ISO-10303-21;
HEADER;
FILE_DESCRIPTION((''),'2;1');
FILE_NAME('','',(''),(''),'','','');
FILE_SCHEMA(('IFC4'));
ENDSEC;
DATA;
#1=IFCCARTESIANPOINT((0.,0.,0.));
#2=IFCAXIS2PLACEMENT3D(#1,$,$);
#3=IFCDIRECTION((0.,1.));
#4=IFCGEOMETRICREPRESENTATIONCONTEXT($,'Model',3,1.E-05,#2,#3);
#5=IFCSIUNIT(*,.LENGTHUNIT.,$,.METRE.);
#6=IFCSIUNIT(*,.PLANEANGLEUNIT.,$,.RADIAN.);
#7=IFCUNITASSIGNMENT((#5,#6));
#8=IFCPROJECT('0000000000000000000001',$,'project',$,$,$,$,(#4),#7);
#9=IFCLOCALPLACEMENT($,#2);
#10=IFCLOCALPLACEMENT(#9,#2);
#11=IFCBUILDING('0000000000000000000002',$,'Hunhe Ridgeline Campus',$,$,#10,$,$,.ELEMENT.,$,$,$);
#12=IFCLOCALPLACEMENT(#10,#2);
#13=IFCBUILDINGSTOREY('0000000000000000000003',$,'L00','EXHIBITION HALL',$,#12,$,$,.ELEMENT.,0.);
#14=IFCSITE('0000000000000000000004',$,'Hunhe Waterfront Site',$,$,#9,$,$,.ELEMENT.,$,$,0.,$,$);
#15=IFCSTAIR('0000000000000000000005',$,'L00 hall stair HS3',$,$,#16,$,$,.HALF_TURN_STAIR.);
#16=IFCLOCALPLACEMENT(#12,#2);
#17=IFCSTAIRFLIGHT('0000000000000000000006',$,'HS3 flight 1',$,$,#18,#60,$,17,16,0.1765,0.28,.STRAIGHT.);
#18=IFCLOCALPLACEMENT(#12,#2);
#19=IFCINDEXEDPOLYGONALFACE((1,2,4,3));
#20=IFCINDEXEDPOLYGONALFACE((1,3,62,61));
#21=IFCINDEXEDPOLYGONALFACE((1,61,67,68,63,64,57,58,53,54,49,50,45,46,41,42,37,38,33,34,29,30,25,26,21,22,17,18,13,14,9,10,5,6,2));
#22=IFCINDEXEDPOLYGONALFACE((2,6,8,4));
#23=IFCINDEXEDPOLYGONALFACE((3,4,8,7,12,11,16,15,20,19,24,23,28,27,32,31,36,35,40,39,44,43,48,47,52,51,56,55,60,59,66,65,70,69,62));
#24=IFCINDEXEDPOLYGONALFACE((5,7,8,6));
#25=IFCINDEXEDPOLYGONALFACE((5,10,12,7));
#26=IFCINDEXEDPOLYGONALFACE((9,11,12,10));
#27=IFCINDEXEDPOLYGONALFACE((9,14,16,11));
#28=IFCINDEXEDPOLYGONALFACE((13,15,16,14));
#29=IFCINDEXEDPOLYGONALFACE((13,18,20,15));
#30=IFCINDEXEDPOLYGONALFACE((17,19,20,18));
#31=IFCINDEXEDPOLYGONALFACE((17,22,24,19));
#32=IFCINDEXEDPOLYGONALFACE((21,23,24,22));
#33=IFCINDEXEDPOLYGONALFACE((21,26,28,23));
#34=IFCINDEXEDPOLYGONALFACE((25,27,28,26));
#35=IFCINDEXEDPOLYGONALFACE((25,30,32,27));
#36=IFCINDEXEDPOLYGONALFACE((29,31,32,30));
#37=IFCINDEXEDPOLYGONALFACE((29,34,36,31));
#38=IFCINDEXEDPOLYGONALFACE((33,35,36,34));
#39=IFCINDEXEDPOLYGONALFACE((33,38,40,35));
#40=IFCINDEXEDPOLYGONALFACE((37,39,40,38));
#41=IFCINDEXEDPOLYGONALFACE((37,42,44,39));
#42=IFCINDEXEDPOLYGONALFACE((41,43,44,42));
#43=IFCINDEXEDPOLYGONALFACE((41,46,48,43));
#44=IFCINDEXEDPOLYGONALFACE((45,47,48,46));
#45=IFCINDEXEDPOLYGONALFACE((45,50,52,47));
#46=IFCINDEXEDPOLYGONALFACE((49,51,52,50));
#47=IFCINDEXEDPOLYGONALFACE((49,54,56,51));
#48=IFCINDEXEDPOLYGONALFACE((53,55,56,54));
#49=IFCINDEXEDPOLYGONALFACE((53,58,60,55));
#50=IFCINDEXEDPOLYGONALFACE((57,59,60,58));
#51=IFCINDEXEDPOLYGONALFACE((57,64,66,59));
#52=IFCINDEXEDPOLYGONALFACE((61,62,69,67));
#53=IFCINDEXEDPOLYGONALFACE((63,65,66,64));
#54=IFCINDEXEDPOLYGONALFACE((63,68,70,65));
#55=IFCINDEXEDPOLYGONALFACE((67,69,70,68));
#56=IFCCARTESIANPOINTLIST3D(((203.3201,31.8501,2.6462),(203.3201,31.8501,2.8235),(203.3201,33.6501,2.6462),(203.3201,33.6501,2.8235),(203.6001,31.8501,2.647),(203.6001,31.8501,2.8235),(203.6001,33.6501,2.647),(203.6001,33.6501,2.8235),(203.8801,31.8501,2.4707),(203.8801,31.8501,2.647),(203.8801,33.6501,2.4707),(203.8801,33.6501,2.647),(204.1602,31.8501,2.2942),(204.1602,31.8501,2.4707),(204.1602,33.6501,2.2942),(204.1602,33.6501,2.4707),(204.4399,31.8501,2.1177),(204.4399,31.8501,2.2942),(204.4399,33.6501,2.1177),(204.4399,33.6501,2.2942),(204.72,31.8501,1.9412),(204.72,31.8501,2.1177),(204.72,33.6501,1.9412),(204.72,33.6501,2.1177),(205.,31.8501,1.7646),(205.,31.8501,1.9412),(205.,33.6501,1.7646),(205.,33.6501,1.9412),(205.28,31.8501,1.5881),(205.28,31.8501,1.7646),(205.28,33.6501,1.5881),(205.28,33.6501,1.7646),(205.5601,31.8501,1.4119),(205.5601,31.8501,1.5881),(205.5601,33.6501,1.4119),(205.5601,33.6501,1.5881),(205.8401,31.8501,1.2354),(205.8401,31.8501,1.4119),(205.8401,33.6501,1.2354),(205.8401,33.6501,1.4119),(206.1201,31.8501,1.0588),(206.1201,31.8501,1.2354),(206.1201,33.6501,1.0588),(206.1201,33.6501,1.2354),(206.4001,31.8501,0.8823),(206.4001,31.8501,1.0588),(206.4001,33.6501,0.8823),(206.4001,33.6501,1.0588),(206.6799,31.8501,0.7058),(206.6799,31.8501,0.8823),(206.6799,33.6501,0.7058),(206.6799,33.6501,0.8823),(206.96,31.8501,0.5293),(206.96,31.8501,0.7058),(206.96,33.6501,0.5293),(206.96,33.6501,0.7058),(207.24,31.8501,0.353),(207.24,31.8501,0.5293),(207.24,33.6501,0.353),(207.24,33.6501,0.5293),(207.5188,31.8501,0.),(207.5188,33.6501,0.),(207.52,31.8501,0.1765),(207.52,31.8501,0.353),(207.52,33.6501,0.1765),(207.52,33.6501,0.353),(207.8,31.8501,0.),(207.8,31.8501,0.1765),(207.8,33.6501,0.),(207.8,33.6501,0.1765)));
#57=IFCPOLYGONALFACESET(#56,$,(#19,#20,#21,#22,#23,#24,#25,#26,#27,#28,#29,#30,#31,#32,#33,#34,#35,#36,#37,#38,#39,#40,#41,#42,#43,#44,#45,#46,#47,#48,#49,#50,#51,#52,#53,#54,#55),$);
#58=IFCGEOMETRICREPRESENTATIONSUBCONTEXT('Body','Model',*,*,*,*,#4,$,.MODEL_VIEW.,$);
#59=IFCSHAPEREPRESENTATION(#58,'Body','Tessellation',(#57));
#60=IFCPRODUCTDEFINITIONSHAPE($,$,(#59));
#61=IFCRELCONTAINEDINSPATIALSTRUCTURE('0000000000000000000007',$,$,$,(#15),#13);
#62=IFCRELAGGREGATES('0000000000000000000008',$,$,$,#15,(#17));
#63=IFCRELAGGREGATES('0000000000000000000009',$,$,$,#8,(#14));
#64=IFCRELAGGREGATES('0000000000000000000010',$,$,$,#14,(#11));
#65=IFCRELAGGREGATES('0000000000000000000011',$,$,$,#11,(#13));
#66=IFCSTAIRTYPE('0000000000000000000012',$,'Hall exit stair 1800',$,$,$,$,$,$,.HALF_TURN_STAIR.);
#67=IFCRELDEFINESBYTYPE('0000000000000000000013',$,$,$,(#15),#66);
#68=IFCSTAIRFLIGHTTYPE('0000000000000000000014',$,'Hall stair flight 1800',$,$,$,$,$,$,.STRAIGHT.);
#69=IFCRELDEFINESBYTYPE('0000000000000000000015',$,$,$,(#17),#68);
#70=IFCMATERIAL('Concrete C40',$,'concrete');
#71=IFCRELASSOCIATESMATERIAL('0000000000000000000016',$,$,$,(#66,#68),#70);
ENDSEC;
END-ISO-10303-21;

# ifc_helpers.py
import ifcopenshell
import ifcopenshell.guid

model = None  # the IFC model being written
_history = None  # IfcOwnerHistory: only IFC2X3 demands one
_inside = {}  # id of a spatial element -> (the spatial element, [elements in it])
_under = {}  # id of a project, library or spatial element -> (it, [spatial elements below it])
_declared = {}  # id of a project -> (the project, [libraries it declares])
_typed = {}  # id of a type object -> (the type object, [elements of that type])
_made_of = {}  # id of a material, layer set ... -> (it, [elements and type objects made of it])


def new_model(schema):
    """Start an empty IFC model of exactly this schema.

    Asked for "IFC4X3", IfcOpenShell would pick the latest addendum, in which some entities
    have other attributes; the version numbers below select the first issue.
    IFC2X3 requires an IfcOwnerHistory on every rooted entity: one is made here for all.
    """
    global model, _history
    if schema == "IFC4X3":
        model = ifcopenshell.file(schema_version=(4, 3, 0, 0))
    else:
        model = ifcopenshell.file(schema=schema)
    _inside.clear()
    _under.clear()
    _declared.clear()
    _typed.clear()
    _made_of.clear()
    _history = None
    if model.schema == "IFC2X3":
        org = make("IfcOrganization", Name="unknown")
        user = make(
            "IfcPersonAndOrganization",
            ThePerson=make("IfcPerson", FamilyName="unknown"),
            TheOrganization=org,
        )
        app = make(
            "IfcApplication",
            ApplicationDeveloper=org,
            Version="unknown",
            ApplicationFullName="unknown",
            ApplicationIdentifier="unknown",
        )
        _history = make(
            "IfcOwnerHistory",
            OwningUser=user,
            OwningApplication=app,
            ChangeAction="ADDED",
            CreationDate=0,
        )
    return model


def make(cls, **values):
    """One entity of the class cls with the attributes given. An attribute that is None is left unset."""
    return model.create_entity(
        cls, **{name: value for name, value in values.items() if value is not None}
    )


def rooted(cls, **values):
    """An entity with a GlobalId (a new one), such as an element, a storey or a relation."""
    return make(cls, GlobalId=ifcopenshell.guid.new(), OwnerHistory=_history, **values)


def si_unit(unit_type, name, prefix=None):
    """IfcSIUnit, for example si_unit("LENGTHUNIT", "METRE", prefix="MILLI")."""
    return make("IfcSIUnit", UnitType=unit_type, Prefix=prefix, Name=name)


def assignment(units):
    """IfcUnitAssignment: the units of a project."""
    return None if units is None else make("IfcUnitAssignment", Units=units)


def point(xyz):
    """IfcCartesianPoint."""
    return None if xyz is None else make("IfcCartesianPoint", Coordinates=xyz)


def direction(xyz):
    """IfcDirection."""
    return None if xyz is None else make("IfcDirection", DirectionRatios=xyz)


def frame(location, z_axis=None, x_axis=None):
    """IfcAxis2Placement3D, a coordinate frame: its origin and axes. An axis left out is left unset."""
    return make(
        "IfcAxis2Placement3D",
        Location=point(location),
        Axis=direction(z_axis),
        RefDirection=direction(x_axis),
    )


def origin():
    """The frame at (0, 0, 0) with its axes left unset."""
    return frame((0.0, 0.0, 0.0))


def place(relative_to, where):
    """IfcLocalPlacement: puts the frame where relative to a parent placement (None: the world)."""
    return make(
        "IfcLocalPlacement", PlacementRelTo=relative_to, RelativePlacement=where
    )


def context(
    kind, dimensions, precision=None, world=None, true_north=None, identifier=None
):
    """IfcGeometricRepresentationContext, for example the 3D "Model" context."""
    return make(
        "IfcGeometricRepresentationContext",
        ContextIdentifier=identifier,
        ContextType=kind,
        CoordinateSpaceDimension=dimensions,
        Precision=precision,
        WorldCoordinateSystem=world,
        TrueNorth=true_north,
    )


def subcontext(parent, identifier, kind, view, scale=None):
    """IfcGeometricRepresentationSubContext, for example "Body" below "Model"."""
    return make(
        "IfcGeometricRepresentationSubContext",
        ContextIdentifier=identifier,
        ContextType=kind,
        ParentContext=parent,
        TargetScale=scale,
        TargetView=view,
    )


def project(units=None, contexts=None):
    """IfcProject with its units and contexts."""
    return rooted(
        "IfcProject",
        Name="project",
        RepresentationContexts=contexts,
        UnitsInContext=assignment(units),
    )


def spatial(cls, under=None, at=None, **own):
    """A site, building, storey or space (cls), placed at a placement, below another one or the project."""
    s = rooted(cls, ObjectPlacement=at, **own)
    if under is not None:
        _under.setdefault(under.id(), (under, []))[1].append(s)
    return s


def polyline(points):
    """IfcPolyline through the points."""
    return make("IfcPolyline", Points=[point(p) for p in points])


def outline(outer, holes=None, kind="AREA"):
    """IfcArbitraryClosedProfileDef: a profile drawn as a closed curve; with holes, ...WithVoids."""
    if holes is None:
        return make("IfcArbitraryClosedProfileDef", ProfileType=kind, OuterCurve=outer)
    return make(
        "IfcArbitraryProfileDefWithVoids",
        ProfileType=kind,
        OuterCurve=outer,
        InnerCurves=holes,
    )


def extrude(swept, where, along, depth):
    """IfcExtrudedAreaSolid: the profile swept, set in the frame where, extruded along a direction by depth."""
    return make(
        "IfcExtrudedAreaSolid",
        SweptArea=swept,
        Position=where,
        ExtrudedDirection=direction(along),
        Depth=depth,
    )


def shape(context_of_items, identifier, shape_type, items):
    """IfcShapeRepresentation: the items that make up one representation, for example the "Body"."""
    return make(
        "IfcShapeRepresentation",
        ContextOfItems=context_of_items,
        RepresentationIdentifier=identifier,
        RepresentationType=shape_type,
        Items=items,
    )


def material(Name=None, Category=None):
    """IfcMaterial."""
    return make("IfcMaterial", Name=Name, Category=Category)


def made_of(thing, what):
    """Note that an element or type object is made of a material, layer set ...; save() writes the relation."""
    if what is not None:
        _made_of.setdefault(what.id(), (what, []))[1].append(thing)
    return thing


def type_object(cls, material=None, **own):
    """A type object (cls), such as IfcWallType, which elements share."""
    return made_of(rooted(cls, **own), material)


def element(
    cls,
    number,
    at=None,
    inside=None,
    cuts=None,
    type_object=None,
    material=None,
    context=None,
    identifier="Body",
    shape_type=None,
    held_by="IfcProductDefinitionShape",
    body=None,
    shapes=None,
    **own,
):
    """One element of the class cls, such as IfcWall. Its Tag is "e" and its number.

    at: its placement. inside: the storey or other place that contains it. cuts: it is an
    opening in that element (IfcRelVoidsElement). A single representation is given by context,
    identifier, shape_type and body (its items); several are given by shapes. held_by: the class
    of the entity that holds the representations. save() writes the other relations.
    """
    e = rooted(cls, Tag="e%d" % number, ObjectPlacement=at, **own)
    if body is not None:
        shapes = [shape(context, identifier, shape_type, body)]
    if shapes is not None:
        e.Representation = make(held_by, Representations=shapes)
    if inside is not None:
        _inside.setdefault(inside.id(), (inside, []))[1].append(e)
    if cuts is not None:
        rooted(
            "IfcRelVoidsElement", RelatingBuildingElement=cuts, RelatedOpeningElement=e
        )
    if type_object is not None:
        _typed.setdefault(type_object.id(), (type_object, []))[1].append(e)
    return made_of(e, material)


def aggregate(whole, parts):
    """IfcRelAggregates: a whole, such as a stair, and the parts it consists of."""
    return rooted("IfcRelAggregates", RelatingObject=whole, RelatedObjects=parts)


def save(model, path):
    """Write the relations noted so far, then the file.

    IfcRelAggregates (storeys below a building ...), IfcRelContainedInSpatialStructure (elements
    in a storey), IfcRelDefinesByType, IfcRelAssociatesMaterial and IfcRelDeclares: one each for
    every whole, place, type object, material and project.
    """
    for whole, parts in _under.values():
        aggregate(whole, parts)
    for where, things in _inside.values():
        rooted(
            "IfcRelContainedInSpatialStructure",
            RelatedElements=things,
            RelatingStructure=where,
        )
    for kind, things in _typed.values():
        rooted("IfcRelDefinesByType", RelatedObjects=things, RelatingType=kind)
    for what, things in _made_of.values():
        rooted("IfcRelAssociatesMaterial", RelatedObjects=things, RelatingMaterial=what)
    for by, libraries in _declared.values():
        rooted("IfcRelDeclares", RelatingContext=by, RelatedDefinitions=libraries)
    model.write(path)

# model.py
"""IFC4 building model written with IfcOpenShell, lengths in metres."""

from ifc_helpers import new_model, si_unit, direction, frame, origin, place, context, subcontext, project, spatial, polyline, outline, extrude, material, type_object, element, aggregate, save


model = new_model("IFC4")

# Units and contexts
model_context = context("Model", 3, precision=1e-05, world=origin(), true_north=direction((0.0, 1.0)))
body_context = subcontext(model_context, "Body", "Model", "MODEL_VIEW")
ifc_project = project(units=[si_unit("LENGTHUNIT", "METRE"), si_unit("PLANEANGLEUNIT", "RADIAN")], contexts=[model_context])

# Site, building, storey
site_placement = place(None, origin())
site = spatial("IfcSite", under=ifc_project, at=site_placement, Name="Hunhe Waterfront Site", CompositionType="ELEMENT", RefElevation=0.0)
building_placement = place(site_placement, origin())
building = spatial("IfcBuilding", under=site, at=building_placement, Name="Hunhe Ridgeline Campus", CompositionType="ELEMENT")
storey_placement = place(building_placement, origin())
storey = spatial("IfcBuildingStorey", under=building, at=storey_placement, Name="L00", Description="EXHIBITION HALL", CompositionType="ELEMENT", Elevation=0.0)

# Shared definitions
ifc_material_1 = material(Name="Concrete C40", Category="concrete")

# Stair, stair flight
stair_type = type_object("IfcStairType", Name="Hall exit stair 1800", PredefinedType="HALF_TURN_STAIR", material=ifc_material_1)
stair_placement = place(storey_placement, origin())
stair = element("IfcStair", 1, at=stair_placement, inside=storey, type_object=stair_type, Name="L00 hall stair HS3", PredefinedType="HALF_TURN_STAIR")
stair_flight_type = type_object("IfcStairFlightType", Name="Hall stair flight 1800", PredefinedType="STRAIGHT", material=ifc_material_1)
stair_flight_placement = place(storey_placement, frame((207.8, 32.75, 0.0), z_axis=(0.0, 0.0, 1.0), x_axis=(-1.0, 0.0, 0.0)))
stair_flight = element("IfcStairFlight", 2, at=stair_flight_placement, type_object=stair_flight_type, Name="HS3 flight 1", NumberOfRisers=17, NumberOfTreads=16, PredefinedType="STRAIGHT", RiserHeight=0.1765, TreadLength=0.28, context=body_context, shape_type="SweptSolid", body=[
    extrude(outline(polyline([(0.0, 0.0), (0.0, 0.1765), (0.28, 0.1765), (0.28, 0.353), (0.5601, 0.353), (0.5601, 0.5293), (0.8401, 0.5293), (0.8401, 0.7058), (1.1201, 0.7058), (1.1201, 0.8823), (1.3999, 0.8823), (1.3999, 1.0588), (1.6799, 1.0588), (1.6799, 1.2354), (1.96, 1.2354), (1.96, 1.4119), (2.24, 1.4119), (2.24, 1.5881), (2.52, 1.5881), (2.52, 1.7646), (2.8, 1.7646), (2.8, 1.9412), (3.0801, 1.9412), (3.0801, 2.1177), (3.3601, 2.1177), (3.3601, 2.2942), (3.6399, 2.2942), (3.6399, 2.4707), (3.9199, 2.4707), (3.9199, 2.647), (4.2, 2.647), (4.2, 2.8235), (4.48, 2.8235), (4.48, 3.0), (4.48, 2.6462), (0.2812, 0.0), (0.0, 0.0)])), frame((0.0, 0.8999, 0.0), z_axis=(0.0, -1.0, 0.0), x_axis=(1.0, 0.0, 0.0)), (0.0, 0.0, 1.0), 1.8),
])
aggregate(stair, [stair_flight])

save(model, "model.ifc")
